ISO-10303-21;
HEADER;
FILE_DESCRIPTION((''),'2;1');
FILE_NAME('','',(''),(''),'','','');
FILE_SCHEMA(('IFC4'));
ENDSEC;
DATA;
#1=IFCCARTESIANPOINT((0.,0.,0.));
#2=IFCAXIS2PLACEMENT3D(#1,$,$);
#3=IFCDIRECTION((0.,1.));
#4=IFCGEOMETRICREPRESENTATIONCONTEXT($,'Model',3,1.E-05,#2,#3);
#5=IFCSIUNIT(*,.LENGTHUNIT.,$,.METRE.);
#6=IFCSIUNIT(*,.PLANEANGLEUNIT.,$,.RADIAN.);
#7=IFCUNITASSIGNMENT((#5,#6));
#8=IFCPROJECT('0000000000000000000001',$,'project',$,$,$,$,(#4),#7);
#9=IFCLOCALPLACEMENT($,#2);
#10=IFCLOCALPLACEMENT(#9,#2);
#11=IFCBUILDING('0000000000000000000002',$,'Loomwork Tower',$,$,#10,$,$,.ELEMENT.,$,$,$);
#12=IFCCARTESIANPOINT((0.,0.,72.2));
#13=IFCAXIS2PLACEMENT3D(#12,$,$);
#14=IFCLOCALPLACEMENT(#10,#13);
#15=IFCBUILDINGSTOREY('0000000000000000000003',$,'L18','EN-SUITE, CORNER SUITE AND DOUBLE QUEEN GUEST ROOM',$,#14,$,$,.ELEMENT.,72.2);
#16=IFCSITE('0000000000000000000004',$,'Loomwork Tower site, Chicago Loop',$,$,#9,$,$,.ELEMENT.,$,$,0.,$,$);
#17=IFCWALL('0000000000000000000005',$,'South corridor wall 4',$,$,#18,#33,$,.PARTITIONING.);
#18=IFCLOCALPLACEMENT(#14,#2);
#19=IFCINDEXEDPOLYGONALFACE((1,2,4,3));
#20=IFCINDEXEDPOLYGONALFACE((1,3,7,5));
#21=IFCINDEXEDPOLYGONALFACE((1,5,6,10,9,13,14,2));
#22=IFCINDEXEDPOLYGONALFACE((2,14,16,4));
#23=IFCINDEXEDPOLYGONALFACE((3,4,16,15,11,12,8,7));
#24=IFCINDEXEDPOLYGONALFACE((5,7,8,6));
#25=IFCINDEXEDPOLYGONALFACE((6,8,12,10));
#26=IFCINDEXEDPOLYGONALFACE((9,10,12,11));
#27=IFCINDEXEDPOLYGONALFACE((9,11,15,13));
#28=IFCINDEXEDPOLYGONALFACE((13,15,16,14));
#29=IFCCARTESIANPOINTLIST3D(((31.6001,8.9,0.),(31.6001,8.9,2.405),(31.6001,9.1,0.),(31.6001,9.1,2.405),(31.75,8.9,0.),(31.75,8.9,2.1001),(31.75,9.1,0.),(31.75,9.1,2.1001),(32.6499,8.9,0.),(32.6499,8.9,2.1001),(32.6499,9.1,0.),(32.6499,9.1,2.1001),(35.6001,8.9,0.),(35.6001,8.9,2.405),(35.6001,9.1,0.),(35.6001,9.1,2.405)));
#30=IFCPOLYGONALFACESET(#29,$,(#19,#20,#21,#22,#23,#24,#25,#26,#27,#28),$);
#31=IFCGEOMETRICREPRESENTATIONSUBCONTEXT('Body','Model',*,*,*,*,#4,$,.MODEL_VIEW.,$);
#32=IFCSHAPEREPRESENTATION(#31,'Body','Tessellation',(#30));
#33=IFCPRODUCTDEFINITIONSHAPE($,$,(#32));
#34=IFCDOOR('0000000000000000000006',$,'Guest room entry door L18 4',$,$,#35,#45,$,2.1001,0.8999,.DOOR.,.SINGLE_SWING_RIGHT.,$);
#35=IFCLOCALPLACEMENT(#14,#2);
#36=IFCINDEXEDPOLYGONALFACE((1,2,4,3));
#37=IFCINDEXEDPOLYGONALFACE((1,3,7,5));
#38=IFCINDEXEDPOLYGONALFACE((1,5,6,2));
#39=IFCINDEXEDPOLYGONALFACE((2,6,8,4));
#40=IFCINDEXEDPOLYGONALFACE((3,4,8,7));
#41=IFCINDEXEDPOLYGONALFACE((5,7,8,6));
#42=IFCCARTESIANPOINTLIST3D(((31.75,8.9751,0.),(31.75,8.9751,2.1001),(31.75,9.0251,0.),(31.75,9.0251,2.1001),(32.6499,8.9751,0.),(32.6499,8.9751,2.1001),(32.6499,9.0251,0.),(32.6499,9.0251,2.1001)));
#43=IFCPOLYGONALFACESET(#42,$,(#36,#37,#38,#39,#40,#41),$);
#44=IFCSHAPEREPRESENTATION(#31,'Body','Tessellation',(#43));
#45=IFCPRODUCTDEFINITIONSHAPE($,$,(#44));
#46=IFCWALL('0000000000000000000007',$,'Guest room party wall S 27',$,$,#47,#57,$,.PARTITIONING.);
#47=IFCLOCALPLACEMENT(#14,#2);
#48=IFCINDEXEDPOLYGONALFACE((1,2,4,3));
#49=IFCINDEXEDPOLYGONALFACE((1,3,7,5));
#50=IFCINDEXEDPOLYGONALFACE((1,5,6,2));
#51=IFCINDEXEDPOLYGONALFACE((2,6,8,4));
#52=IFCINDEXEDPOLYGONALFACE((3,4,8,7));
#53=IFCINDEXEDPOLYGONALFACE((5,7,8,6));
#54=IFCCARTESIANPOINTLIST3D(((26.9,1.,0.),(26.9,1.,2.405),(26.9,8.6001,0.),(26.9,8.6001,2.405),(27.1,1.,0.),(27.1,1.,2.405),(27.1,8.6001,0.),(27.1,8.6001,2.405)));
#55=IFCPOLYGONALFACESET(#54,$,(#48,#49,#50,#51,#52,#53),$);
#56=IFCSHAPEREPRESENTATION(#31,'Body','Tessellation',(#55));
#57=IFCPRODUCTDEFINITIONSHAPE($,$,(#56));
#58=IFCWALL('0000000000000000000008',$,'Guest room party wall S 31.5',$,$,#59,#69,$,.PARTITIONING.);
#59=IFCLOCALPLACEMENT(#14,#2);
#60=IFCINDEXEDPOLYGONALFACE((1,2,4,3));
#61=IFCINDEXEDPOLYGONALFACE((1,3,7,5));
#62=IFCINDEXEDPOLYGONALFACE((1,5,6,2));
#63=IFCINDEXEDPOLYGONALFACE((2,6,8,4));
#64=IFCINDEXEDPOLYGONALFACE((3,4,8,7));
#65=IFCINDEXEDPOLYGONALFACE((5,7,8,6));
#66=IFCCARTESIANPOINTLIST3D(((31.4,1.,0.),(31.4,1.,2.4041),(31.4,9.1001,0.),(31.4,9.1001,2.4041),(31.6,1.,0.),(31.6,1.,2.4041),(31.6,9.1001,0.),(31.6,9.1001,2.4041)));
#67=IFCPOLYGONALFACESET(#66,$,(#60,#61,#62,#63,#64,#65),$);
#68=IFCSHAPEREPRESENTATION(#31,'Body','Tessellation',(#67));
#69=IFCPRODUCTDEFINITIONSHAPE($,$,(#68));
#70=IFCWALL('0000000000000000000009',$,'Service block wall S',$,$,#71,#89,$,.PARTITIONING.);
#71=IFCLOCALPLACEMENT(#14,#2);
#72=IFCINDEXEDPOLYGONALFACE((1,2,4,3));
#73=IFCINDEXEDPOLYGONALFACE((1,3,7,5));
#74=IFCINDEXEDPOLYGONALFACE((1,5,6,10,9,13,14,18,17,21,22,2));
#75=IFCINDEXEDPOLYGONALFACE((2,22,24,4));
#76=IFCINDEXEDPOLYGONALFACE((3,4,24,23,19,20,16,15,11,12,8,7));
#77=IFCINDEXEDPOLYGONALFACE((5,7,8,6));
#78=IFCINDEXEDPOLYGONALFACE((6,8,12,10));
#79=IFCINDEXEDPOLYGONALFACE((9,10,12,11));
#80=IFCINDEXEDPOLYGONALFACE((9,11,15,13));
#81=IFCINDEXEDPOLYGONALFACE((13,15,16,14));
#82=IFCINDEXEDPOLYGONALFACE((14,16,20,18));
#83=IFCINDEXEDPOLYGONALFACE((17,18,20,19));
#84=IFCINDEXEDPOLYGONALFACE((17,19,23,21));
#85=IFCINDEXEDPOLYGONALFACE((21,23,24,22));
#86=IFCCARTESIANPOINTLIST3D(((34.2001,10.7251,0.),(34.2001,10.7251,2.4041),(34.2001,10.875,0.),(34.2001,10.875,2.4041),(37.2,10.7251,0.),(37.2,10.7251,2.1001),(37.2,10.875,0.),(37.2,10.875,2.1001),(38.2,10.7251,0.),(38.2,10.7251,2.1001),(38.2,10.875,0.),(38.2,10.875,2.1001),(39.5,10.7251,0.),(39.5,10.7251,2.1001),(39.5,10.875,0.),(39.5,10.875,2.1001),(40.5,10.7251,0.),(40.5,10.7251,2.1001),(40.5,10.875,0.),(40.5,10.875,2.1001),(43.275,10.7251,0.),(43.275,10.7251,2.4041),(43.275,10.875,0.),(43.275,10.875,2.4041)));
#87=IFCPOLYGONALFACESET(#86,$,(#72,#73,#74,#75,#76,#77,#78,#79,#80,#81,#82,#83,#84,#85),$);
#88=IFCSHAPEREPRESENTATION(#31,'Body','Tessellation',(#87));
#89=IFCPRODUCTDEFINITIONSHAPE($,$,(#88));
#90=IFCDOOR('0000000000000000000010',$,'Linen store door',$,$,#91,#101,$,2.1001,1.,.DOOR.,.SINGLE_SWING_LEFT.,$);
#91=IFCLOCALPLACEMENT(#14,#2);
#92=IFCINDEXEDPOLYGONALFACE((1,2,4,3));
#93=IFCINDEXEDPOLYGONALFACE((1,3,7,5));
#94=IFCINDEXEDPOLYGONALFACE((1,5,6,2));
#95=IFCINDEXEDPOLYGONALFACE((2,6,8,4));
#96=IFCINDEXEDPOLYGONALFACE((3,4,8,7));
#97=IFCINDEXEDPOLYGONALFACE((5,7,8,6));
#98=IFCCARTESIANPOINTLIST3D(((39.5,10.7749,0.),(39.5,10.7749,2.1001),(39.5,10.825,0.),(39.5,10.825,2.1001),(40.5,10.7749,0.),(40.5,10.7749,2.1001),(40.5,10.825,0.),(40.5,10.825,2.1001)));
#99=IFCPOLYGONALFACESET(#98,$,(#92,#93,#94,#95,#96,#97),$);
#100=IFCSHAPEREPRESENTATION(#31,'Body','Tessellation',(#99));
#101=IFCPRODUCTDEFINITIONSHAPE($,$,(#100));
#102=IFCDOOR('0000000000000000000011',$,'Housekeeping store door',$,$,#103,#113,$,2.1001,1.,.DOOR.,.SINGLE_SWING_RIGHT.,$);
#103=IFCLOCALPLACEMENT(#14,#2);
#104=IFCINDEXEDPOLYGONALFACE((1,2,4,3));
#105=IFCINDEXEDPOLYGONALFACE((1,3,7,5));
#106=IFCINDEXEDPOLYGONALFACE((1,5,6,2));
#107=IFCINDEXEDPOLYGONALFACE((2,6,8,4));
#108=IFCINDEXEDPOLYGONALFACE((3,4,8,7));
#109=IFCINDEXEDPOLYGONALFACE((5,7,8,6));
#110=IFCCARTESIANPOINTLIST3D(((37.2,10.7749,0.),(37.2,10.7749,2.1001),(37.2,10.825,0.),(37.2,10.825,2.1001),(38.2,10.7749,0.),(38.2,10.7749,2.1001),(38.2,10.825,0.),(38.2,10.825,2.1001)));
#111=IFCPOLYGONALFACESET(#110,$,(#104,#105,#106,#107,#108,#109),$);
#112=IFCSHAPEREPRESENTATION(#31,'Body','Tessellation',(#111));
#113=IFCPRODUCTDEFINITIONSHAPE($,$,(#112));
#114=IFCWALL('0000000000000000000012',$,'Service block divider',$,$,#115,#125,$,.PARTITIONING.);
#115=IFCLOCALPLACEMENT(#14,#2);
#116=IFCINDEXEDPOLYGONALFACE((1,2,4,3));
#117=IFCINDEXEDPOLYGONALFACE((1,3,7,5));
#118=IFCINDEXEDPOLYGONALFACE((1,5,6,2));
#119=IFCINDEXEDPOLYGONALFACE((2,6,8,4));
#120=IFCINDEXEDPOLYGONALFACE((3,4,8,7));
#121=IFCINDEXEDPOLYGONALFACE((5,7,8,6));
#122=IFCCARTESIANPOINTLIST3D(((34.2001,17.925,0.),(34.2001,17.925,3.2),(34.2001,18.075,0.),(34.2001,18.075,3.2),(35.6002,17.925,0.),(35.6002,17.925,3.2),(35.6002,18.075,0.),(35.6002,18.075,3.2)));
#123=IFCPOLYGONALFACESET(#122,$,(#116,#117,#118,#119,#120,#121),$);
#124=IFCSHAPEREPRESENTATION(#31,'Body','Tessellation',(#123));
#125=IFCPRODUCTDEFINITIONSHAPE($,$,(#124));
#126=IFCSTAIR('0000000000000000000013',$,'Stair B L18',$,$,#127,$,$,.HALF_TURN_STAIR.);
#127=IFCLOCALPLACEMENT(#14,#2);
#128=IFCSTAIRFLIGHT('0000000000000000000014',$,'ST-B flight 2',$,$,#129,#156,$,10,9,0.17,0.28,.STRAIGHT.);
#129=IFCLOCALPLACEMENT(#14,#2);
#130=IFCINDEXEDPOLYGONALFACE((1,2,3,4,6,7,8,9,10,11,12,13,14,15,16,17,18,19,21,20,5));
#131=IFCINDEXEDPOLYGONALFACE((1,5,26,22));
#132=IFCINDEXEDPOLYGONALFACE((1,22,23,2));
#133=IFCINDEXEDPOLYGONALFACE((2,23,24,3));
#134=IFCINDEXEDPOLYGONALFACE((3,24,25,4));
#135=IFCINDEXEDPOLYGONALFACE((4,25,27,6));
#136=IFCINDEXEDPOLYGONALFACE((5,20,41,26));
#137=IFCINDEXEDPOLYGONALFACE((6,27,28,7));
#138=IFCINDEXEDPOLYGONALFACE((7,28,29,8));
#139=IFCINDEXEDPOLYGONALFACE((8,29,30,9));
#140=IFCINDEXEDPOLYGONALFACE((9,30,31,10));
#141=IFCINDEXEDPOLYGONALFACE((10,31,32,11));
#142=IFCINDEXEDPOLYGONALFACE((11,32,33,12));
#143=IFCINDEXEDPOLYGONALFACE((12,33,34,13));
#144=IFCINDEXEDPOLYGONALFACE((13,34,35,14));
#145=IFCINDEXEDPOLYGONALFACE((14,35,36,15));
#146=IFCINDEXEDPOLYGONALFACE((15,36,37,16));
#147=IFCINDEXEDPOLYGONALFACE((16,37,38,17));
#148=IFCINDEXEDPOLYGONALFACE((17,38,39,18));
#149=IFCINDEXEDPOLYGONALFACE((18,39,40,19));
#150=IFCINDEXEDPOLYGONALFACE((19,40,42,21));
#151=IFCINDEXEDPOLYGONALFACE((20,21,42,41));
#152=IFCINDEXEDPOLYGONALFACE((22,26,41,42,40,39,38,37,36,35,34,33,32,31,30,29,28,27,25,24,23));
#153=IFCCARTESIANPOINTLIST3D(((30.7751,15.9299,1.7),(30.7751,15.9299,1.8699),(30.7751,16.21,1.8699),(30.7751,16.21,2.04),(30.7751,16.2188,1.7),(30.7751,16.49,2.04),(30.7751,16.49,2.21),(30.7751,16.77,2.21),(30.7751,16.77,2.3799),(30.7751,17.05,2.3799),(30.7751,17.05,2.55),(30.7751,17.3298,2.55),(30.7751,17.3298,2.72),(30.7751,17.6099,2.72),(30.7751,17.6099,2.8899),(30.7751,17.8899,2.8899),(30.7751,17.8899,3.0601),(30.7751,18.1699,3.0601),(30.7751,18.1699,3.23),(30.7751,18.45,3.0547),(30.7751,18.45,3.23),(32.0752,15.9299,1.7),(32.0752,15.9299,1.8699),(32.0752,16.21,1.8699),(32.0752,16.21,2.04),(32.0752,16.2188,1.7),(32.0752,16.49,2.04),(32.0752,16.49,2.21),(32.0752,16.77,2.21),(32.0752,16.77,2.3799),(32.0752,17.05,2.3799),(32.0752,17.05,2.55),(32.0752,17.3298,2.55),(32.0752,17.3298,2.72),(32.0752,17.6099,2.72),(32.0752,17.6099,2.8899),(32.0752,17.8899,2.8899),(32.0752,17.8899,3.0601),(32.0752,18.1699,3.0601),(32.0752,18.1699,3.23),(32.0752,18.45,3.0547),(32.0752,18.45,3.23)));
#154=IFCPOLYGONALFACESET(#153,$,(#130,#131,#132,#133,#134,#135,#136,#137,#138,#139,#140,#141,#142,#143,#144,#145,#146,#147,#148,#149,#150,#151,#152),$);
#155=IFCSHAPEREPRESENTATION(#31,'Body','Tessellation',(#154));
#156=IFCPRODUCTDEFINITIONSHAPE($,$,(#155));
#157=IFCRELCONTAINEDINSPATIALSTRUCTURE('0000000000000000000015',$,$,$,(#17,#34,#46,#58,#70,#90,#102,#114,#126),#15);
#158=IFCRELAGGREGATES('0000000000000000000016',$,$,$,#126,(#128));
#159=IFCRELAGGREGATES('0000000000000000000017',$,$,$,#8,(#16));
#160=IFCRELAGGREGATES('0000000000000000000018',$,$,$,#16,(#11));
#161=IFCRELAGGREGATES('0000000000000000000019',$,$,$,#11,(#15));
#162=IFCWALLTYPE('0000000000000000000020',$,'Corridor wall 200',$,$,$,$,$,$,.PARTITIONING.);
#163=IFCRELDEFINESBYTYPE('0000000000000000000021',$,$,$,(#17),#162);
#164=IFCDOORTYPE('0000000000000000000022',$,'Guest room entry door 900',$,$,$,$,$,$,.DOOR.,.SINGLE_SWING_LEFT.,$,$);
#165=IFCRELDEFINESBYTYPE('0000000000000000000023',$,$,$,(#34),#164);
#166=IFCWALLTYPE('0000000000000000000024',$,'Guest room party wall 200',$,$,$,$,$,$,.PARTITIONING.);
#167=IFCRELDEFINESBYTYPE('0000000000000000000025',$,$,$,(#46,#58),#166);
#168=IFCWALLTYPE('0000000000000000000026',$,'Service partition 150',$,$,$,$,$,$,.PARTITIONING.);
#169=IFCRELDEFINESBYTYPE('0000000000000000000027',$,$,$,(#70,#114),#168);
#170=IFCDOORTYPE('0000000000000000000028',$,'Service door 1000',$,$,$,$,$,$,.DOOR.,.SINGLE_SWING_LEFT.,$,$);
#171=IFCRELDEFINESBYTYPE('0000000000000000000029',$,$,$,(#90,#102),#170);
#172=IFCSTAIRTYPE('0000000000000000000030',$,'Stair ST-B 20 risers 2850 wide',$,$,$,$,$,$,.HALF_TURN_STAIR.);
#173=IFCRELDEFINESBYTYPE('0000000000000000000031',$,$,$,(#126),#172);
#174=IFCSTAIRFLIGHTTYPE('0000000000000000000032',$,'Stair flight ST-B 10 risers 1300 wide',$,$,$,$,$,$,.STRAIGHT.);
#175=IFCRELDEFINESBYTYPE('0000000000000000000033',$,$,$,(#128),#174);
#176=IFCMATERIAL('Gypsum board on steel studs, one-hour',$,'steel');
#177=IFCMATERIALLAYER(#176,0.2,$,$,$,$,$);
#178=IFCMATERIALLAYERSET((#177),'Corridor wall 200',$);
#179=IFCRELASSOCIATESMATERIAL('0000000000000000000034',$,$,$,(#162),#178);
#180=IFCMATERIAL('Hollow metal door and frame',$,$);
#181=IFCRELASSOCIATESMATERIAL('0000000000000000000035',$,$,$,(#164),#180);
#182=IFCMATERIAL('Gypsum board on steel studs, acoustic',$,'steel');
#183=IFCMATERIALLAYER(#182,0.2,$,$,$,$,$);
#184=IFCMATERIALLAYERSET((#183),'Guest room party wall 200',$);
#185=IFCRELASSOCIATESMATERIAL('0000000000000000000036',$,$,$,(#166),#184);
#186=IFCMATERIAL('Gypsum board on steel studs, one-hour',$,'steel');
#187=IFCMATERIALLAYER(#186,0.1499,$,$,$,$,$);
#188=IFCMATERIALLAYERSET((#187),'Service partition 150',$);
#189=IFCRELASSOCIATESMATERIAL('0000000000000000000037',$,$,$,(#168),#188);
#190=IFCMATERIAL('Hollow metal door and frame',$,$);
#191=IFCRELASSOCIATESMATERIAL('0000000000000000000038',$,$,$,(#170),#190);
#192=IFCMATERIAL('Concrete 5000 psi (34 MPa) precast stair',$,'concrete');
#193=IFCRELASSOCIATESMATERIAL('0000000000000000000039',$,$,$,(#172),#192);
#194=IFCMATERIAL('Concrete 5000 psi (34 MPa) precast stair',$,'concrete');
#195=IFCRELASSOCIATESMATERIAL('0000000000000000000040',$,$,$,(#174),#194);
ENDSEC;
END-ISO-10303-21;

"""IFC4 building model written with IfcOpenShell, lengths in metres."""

from ifc_helpers import new_model, si_unit, direction, frame, frame_2d, origin, place, context, subcontext, project, spatial, polyline, rectangle, outline, extrude, material, layer, layer_set, type_object, element, fill, aggregate, save


model = new_model("IFC4")

# Units and contexts
model_context = context("Model", 3, precision=1e-05, world=origin(), true_north=direction((0.0, 1.0)))
body_context = subcontext(model_context, "Body", "Model", "MODEL_VIEW")
ifc_project = project(units=[si_unit("LENGTHUNIT", "METRE"), si_unit("PLANEANGLEUNIT", "RADIAN")], contexts=[model_context])

# Site, building, storey
site_placement = place(None, origin())
site = spatial("IfcSite", under=ifc_project, at=site_placement, Name="Loomwork Tower site, Chicago Loop", CompositionType="ELEMENT", RefElevation=0.0)
building_placement = place(site_placement, origin())
building = spatial("IfcBuilding", under=site, at=building_placement, Name="Loomwork Tower", CompositionType="ELEMENT")
storey_placement = place(building_placement, frame((0.0, 0.0, 72.2)))
storey = spatial("IfcBuildingStorey", under=building, at=storey_placement, Name="L18", Description="EN-SUITE, CORNER SUITE AND DOUBLE QUEEN GUEST ROOM", CompositionType="ELEMENT", Elevation=72.2)

# Wall, opening, door
ifc_material_1 = material(Name="Gypsum board on steel studs, one-hour", Category="steel")
ifc_layer_1 = layer(ifc_material_1, 0.2)
ifc_layer_set_1 = layer_set([ifc_layer_1], Name="Corridor wall 200")
wall_type_1 = type_object("IfcWallType", Name="Corridor wall 200", PredefinedType="PARTITIONING", material=ifc_layer_set_1)
wall_1_placement = place(storey_placement, frame((31.6001, 9.0, 0.0), z_axis=(0.0, 0.0, 1.0), x_axis=(1.0, 0.0, 0.0)))
wall_1 = element("IfcWall", 1, at=wall_1_placement, inside=storey, type_object=wall_type_1, Name="South corridor wall 4", PredefinedType="PARTITIONING", context=body_context, shape_type="SweptSolid", body=[
    extrude(rectangle(XDim=4.0, YDim=0.2, at=frame_2d((2.0, 0.0))), origin(), (0.0, 0.0, 1.0), 2.405),
])
opening_1_placement = place(wall_1_placement, frame((0.1499, 0.0, 0.0)))
opening_1 = element("IfcOpeningElement", 2, at=opening_1_placement, cuts=wall_1, PredefinedType="OPENING", context=body_context, shape_type="SweptSolid", body=[
    extrude(rectangle(XDim=0.8999, YDim=2.1001, at=frame_2d((0.45, 1.05))), frame((0.0, 0.1099, 0.0), z_axis=(0.0, -1.0, 0.0), x_axis=(1.0, 0.0, 0.0)), (0.0, 0.0, 1.0), 0.22),
])
ifc_material_2 = material(Name="Hollow metal door and frame")
door_type_1 = type_object("IfcDoorType", Name="Guest room entry door 900", OperationType="SINGLE_SWING_LEFT", PredefinedType="DOOR", material=ifc_material_2)
door_1_placement = place(opening_1_placement, frame((0.8999, 0.0, 0.0), z_axis=(0.0, 0.0, 1.0), x_axis=(-1.0, 0.0, 0.0)))
door_1 = element("IfcDoor", 3, at=door_1_placement, inside=storey, type_object=door_type_1, Name="Guest room entry door L18 4", OperationType="SINGLE_SWING_RIGHT", OverallHeight=2.1001, OverallWidth=0.8999, PredefinedType="DOOR", context=body_context, shape_type="SweptSolid", body=[
    extrude(rectangle(XDim=0.8999, YDim=2.1001, at=frame_2d((0.45, 1.05))), frame((0.0, 0.0249, 0.0), z_axis=(0.0, -1.0, 0.0), x_axis=(1.0, 0.0, 0.0)), (0.0, 0.0, 1.0), 0.05),
])
fill(opening_1, door_1)

# Walls
ifc_material_3 = material(Name="Gypsum board on steel studs, acoustic", Category="steel")
ifc_layer_2 = layer(ifc_material_3, 0.2)
ifc_layer_set_2 = layer_set([ifc_layer_2], Name="Guest room party wall 200")
wall_type_2 = type_object("IfcWallType", Name="Guest room party wall 200", PredefinedType="PARTITIONING", material=ifc_layer_set_2)
wall_2_placement = place(storey_placement, frame((27.0, 8.6001, 0.0), z_axis=(0.0, 0.0, 1.0), x_axis=(0.0, -1.0, 0.0)))
element("IfcWall", 4, at=wall_2_placement, inside=storey, type_object=wall_type_2, Name="Guest room party wall S 27", PredefinedType="PARTITIONING", context=body_context, shape_type="SweptSolid", body=[
    extrude(rectangle(XDim=7.6001, YDim=0.2, at=frame_2d((3.8, 0.0))), origin(), (0.0, 0.0, 1.0), 2.405),
])
wall_3_placement = place(storey_placement, frame((31.5, 9.1001, 0.0), z_axis=(0.0, 0.0, 1.0), x_axis=(0.0, -1.0, 0.0)))
element("IfcWall", 5, at=wall_3_placement, inside=storey, type_object=wall_type_2, Name="Guest room party wall S 31.5", PredefinedType="PARTITIONING", context=body_context, shape_type="SweptSolid", body=[
    extrude(rectangle(XDim=8.1001, YDim=0.2, at=frame_2d((4.05, 0.0))), origin(), (0.0, 0.0, 1.0), 2.4041),
])

# Wall, openings, doors
ifc_material_4 = material(Name="Gypsum board on steel studs, one-hour", Category="steel")
ifc_layer_3 = layer(ifc_material_4, 0.1499)
ifc_layer_set_3 = layer_set([ifc_layer_3], Name="Service partition 150")
wall_type_3 = type_object("IfcWallType", Name="Service partition 150", PredefinedType="PARTITIONING", material=ifc_layer_set_3)
wall_4_placement = place(storey_placement, frame((34.2, 10.8, 0.0), z_axis=(0.0, 0.0, 1.0), x_axis=(1.0, 0.0, 0.0)))
wall_4 = element("IfcWall", 6, at=wall_4_placement, inside=storey, type_object=wall_type_3, Name="Service block wall S", PredefinedType="PARTITIONING", context=body_context, shape_type="SweptSolid", body=[
    extrude(rectangle(XDim=9.075, YDim=0.1499, at=frame_2d((4.5376, 0.0))), origin(), (0.0, 0.0, 1.0), 2.4041),
])
opening_2_placement = place(wall_4_placement, frame((5.3, 0.0, 0.0)))
opening_2 = element("IfcOpeningElement", 7, at=opening_2_placement, cuts=wall_4, PredefinedType="OPENING", context=body_context, shape_type="SweptSolid", body=[
    extrude(rectangle(XDim=1.0, YDim=2.1001, at=frame_2d((0.5, 1.05))), frame((0.0, 0.085, 0.0), z_axis=(0.0, -1.0, 0.0), x_axis=(1.0, 0.0, 0.0)), (0.0, 0.0, 1.0), 0.1699),
])
opening_3_placement = place(wall_4_placement, frame((3.0, 0.0, 0.0)))
opening_3 = element("IfcOpeningElement", 8, at=opening_3_placement, cuts=wall_4, PredefinedType="OPENING", context=body_context, shape_type="SweptSolid", body=[
    extrude(rectangle(XDim=1.0, YDim=2.1001, at=frame_2d((0.5, 1.05))), frame((0.0, 0.085, 0.0), z_axis=(0.0, -1.0, 0.0), x_axis=(1.0, 0.0, 0.0)), (0.0, 0.0, 1.0), 0.1699),
])
ifc_material_5 = material(Name="Hollow metal door and frame")
door_type_2 = type_object("IfcDoorType", Name="Service door 1000", OperationType="SINGLE_SWING_LEFT", PredefinedType="DOOR", material=ifc_material_5)
door_2_placement = place(opening_2_placement, origin())
door_2 = element("IfcDoor", 9, at=door_2_placement, inside=storey, type_object=door_type_2, Name="Linen store door", OperationType="SINGLE_SWING_LEFT", OverallHeight=2.1001, OverallWidth=1.0, PredefinedType="DOOR", context=body_context, shape_type="SweptSolid", body=[
    extrude(rectangle(XDim=1.0, YDim=2.1001, at=frame_2d((0.5, 1.05))), frame((0.0, 0.0249, 0.0), z_axis=(0.0, -1.0, 0.0), x_axis=(1.0, 0.0, 0.0)), (0.0, 0.0, 1.0), 0.05),
])
fill(opening_2, door_2)
door_3_placement = place(opening_3_placement, origin())
door_3 = element("IfcDoor", 10, at=door_3_placement, inside=storey, type_object=door_type_2, Name="Housekeeping store door", OperationType="SINGLE_SWING_RIGHT", OverallHeight=2.1001, OverallWidth=1.0, PredefinedType="DOOR", context=body_context, shape_type="SweptSolid", body=[
    extrude(rectangle(XDim=1.0, YDim=2.1001, at=frame_2d((0.5, 1.05))), frame((0.0, 0.0249, 0.0), z_axis=(0.0, -1.0, 0.0), x_axis=(1.0, 0.0, 0.0)), (0.0, 0.0, 1.0), 0.05),
])
fill(opening_3, door_3)

# Wall
wall_5_placement = place(storey_placement, frame((34.2, 18.0, 0.0), z_axis=(0.0, 0.0, 1.0), x_axis=(1.0, 0.0, 0.0)))
element("IfcWall", 11, at=wall_5_placement, inside=storey, type_object=wall_type_3, Name="Service block divider", PredefinedType="PARTITIONING", context=body_context, shape_type="SweptSolid", body=[
    extrude(rectangle(XDim=1.4001, YDim=0.1499, at=frame_2d((0.7002, 0.0))), origin(), (0.0, 0.0, 1.0), 3.2),
])

# Stair, stair flight
ifc_material_6 = material(Name="Concrete 5000 psi (34 MPa) precast stair", Category="concrete")
stair_type = type_object("IfcStairType", Name="Stair ST-B 20 risers 2850 wide", PredefinedType="HALF_TURN_STAIR", material=ifc_material_6)
stair_placement = place(storey_placement, origin())
stair = element("IfcStair", 12, at=stair_placement, inside=storey, type_object=stair_type, Name="Stair B L18", PredefinedType="HALF_TURN_STAIR")
ifc_material_7 = material(Name="Concrete 5000 psi (34 MPa) precast stair", Category="concrete")
stair_flight_type = type_object("IfcStairFlightType", Name="Stair flight ST-B 10 risers 1300 wide", PredefinedType="STRAIGHT", material=ifc_material_7)
stair_flight_placement = place(storey_placement, frame((31.425, 15.9299, 1.7), z_axis=(0.0, 0.0, 1.0), x_axis=(0.0, 1.0, 0.0)))
stair_flight = element("IfcStairFlight", 13, at=stair_flight_placement, type_object=stair_flight_type, Name="ST-B flight 2", NumberOfRisers=10, NumberOfTreads=9, PredefinedType="STRAIGHT", RiserHeight=0.17, TreadLength=0.28, context=body_context, shape_type="SweptSolid", body=[
    extrude(outline(polyline([(0.0, 0.0), (0.0, 0.1699), (0.28, 0.1699), (0.28, 0.3401), (0.5601, 0.3401), (0.5601, 0.51), (0.8401, 0.51), (0.8401, 0.6799), (1.1201, 0.6799), (1.1201, 0.8501), (1.3999, 0.8501), (1.3999, 1.02), (1.6799, 1.02), (1.6799, 1.1899), (1.96, 1.1899), (1.96, 1.3601), (2.24, 1.3601), (2.24, 1.53), (2.52, 1.53), (2.52, 1.7), (2.52, 1.3547), (0.2888, 0.0), (0.0, 0.0)])), frame((0.0, 0.6499, 0.0), z_axis=(0.0, -1.0, 0.0), x_axis=(1.0, 0.0, 0.0)), (0.0, 0.0, 1.0), 1.3),
])
aggregate(stair, [stair_flight])

save(model, "model.ifc")
